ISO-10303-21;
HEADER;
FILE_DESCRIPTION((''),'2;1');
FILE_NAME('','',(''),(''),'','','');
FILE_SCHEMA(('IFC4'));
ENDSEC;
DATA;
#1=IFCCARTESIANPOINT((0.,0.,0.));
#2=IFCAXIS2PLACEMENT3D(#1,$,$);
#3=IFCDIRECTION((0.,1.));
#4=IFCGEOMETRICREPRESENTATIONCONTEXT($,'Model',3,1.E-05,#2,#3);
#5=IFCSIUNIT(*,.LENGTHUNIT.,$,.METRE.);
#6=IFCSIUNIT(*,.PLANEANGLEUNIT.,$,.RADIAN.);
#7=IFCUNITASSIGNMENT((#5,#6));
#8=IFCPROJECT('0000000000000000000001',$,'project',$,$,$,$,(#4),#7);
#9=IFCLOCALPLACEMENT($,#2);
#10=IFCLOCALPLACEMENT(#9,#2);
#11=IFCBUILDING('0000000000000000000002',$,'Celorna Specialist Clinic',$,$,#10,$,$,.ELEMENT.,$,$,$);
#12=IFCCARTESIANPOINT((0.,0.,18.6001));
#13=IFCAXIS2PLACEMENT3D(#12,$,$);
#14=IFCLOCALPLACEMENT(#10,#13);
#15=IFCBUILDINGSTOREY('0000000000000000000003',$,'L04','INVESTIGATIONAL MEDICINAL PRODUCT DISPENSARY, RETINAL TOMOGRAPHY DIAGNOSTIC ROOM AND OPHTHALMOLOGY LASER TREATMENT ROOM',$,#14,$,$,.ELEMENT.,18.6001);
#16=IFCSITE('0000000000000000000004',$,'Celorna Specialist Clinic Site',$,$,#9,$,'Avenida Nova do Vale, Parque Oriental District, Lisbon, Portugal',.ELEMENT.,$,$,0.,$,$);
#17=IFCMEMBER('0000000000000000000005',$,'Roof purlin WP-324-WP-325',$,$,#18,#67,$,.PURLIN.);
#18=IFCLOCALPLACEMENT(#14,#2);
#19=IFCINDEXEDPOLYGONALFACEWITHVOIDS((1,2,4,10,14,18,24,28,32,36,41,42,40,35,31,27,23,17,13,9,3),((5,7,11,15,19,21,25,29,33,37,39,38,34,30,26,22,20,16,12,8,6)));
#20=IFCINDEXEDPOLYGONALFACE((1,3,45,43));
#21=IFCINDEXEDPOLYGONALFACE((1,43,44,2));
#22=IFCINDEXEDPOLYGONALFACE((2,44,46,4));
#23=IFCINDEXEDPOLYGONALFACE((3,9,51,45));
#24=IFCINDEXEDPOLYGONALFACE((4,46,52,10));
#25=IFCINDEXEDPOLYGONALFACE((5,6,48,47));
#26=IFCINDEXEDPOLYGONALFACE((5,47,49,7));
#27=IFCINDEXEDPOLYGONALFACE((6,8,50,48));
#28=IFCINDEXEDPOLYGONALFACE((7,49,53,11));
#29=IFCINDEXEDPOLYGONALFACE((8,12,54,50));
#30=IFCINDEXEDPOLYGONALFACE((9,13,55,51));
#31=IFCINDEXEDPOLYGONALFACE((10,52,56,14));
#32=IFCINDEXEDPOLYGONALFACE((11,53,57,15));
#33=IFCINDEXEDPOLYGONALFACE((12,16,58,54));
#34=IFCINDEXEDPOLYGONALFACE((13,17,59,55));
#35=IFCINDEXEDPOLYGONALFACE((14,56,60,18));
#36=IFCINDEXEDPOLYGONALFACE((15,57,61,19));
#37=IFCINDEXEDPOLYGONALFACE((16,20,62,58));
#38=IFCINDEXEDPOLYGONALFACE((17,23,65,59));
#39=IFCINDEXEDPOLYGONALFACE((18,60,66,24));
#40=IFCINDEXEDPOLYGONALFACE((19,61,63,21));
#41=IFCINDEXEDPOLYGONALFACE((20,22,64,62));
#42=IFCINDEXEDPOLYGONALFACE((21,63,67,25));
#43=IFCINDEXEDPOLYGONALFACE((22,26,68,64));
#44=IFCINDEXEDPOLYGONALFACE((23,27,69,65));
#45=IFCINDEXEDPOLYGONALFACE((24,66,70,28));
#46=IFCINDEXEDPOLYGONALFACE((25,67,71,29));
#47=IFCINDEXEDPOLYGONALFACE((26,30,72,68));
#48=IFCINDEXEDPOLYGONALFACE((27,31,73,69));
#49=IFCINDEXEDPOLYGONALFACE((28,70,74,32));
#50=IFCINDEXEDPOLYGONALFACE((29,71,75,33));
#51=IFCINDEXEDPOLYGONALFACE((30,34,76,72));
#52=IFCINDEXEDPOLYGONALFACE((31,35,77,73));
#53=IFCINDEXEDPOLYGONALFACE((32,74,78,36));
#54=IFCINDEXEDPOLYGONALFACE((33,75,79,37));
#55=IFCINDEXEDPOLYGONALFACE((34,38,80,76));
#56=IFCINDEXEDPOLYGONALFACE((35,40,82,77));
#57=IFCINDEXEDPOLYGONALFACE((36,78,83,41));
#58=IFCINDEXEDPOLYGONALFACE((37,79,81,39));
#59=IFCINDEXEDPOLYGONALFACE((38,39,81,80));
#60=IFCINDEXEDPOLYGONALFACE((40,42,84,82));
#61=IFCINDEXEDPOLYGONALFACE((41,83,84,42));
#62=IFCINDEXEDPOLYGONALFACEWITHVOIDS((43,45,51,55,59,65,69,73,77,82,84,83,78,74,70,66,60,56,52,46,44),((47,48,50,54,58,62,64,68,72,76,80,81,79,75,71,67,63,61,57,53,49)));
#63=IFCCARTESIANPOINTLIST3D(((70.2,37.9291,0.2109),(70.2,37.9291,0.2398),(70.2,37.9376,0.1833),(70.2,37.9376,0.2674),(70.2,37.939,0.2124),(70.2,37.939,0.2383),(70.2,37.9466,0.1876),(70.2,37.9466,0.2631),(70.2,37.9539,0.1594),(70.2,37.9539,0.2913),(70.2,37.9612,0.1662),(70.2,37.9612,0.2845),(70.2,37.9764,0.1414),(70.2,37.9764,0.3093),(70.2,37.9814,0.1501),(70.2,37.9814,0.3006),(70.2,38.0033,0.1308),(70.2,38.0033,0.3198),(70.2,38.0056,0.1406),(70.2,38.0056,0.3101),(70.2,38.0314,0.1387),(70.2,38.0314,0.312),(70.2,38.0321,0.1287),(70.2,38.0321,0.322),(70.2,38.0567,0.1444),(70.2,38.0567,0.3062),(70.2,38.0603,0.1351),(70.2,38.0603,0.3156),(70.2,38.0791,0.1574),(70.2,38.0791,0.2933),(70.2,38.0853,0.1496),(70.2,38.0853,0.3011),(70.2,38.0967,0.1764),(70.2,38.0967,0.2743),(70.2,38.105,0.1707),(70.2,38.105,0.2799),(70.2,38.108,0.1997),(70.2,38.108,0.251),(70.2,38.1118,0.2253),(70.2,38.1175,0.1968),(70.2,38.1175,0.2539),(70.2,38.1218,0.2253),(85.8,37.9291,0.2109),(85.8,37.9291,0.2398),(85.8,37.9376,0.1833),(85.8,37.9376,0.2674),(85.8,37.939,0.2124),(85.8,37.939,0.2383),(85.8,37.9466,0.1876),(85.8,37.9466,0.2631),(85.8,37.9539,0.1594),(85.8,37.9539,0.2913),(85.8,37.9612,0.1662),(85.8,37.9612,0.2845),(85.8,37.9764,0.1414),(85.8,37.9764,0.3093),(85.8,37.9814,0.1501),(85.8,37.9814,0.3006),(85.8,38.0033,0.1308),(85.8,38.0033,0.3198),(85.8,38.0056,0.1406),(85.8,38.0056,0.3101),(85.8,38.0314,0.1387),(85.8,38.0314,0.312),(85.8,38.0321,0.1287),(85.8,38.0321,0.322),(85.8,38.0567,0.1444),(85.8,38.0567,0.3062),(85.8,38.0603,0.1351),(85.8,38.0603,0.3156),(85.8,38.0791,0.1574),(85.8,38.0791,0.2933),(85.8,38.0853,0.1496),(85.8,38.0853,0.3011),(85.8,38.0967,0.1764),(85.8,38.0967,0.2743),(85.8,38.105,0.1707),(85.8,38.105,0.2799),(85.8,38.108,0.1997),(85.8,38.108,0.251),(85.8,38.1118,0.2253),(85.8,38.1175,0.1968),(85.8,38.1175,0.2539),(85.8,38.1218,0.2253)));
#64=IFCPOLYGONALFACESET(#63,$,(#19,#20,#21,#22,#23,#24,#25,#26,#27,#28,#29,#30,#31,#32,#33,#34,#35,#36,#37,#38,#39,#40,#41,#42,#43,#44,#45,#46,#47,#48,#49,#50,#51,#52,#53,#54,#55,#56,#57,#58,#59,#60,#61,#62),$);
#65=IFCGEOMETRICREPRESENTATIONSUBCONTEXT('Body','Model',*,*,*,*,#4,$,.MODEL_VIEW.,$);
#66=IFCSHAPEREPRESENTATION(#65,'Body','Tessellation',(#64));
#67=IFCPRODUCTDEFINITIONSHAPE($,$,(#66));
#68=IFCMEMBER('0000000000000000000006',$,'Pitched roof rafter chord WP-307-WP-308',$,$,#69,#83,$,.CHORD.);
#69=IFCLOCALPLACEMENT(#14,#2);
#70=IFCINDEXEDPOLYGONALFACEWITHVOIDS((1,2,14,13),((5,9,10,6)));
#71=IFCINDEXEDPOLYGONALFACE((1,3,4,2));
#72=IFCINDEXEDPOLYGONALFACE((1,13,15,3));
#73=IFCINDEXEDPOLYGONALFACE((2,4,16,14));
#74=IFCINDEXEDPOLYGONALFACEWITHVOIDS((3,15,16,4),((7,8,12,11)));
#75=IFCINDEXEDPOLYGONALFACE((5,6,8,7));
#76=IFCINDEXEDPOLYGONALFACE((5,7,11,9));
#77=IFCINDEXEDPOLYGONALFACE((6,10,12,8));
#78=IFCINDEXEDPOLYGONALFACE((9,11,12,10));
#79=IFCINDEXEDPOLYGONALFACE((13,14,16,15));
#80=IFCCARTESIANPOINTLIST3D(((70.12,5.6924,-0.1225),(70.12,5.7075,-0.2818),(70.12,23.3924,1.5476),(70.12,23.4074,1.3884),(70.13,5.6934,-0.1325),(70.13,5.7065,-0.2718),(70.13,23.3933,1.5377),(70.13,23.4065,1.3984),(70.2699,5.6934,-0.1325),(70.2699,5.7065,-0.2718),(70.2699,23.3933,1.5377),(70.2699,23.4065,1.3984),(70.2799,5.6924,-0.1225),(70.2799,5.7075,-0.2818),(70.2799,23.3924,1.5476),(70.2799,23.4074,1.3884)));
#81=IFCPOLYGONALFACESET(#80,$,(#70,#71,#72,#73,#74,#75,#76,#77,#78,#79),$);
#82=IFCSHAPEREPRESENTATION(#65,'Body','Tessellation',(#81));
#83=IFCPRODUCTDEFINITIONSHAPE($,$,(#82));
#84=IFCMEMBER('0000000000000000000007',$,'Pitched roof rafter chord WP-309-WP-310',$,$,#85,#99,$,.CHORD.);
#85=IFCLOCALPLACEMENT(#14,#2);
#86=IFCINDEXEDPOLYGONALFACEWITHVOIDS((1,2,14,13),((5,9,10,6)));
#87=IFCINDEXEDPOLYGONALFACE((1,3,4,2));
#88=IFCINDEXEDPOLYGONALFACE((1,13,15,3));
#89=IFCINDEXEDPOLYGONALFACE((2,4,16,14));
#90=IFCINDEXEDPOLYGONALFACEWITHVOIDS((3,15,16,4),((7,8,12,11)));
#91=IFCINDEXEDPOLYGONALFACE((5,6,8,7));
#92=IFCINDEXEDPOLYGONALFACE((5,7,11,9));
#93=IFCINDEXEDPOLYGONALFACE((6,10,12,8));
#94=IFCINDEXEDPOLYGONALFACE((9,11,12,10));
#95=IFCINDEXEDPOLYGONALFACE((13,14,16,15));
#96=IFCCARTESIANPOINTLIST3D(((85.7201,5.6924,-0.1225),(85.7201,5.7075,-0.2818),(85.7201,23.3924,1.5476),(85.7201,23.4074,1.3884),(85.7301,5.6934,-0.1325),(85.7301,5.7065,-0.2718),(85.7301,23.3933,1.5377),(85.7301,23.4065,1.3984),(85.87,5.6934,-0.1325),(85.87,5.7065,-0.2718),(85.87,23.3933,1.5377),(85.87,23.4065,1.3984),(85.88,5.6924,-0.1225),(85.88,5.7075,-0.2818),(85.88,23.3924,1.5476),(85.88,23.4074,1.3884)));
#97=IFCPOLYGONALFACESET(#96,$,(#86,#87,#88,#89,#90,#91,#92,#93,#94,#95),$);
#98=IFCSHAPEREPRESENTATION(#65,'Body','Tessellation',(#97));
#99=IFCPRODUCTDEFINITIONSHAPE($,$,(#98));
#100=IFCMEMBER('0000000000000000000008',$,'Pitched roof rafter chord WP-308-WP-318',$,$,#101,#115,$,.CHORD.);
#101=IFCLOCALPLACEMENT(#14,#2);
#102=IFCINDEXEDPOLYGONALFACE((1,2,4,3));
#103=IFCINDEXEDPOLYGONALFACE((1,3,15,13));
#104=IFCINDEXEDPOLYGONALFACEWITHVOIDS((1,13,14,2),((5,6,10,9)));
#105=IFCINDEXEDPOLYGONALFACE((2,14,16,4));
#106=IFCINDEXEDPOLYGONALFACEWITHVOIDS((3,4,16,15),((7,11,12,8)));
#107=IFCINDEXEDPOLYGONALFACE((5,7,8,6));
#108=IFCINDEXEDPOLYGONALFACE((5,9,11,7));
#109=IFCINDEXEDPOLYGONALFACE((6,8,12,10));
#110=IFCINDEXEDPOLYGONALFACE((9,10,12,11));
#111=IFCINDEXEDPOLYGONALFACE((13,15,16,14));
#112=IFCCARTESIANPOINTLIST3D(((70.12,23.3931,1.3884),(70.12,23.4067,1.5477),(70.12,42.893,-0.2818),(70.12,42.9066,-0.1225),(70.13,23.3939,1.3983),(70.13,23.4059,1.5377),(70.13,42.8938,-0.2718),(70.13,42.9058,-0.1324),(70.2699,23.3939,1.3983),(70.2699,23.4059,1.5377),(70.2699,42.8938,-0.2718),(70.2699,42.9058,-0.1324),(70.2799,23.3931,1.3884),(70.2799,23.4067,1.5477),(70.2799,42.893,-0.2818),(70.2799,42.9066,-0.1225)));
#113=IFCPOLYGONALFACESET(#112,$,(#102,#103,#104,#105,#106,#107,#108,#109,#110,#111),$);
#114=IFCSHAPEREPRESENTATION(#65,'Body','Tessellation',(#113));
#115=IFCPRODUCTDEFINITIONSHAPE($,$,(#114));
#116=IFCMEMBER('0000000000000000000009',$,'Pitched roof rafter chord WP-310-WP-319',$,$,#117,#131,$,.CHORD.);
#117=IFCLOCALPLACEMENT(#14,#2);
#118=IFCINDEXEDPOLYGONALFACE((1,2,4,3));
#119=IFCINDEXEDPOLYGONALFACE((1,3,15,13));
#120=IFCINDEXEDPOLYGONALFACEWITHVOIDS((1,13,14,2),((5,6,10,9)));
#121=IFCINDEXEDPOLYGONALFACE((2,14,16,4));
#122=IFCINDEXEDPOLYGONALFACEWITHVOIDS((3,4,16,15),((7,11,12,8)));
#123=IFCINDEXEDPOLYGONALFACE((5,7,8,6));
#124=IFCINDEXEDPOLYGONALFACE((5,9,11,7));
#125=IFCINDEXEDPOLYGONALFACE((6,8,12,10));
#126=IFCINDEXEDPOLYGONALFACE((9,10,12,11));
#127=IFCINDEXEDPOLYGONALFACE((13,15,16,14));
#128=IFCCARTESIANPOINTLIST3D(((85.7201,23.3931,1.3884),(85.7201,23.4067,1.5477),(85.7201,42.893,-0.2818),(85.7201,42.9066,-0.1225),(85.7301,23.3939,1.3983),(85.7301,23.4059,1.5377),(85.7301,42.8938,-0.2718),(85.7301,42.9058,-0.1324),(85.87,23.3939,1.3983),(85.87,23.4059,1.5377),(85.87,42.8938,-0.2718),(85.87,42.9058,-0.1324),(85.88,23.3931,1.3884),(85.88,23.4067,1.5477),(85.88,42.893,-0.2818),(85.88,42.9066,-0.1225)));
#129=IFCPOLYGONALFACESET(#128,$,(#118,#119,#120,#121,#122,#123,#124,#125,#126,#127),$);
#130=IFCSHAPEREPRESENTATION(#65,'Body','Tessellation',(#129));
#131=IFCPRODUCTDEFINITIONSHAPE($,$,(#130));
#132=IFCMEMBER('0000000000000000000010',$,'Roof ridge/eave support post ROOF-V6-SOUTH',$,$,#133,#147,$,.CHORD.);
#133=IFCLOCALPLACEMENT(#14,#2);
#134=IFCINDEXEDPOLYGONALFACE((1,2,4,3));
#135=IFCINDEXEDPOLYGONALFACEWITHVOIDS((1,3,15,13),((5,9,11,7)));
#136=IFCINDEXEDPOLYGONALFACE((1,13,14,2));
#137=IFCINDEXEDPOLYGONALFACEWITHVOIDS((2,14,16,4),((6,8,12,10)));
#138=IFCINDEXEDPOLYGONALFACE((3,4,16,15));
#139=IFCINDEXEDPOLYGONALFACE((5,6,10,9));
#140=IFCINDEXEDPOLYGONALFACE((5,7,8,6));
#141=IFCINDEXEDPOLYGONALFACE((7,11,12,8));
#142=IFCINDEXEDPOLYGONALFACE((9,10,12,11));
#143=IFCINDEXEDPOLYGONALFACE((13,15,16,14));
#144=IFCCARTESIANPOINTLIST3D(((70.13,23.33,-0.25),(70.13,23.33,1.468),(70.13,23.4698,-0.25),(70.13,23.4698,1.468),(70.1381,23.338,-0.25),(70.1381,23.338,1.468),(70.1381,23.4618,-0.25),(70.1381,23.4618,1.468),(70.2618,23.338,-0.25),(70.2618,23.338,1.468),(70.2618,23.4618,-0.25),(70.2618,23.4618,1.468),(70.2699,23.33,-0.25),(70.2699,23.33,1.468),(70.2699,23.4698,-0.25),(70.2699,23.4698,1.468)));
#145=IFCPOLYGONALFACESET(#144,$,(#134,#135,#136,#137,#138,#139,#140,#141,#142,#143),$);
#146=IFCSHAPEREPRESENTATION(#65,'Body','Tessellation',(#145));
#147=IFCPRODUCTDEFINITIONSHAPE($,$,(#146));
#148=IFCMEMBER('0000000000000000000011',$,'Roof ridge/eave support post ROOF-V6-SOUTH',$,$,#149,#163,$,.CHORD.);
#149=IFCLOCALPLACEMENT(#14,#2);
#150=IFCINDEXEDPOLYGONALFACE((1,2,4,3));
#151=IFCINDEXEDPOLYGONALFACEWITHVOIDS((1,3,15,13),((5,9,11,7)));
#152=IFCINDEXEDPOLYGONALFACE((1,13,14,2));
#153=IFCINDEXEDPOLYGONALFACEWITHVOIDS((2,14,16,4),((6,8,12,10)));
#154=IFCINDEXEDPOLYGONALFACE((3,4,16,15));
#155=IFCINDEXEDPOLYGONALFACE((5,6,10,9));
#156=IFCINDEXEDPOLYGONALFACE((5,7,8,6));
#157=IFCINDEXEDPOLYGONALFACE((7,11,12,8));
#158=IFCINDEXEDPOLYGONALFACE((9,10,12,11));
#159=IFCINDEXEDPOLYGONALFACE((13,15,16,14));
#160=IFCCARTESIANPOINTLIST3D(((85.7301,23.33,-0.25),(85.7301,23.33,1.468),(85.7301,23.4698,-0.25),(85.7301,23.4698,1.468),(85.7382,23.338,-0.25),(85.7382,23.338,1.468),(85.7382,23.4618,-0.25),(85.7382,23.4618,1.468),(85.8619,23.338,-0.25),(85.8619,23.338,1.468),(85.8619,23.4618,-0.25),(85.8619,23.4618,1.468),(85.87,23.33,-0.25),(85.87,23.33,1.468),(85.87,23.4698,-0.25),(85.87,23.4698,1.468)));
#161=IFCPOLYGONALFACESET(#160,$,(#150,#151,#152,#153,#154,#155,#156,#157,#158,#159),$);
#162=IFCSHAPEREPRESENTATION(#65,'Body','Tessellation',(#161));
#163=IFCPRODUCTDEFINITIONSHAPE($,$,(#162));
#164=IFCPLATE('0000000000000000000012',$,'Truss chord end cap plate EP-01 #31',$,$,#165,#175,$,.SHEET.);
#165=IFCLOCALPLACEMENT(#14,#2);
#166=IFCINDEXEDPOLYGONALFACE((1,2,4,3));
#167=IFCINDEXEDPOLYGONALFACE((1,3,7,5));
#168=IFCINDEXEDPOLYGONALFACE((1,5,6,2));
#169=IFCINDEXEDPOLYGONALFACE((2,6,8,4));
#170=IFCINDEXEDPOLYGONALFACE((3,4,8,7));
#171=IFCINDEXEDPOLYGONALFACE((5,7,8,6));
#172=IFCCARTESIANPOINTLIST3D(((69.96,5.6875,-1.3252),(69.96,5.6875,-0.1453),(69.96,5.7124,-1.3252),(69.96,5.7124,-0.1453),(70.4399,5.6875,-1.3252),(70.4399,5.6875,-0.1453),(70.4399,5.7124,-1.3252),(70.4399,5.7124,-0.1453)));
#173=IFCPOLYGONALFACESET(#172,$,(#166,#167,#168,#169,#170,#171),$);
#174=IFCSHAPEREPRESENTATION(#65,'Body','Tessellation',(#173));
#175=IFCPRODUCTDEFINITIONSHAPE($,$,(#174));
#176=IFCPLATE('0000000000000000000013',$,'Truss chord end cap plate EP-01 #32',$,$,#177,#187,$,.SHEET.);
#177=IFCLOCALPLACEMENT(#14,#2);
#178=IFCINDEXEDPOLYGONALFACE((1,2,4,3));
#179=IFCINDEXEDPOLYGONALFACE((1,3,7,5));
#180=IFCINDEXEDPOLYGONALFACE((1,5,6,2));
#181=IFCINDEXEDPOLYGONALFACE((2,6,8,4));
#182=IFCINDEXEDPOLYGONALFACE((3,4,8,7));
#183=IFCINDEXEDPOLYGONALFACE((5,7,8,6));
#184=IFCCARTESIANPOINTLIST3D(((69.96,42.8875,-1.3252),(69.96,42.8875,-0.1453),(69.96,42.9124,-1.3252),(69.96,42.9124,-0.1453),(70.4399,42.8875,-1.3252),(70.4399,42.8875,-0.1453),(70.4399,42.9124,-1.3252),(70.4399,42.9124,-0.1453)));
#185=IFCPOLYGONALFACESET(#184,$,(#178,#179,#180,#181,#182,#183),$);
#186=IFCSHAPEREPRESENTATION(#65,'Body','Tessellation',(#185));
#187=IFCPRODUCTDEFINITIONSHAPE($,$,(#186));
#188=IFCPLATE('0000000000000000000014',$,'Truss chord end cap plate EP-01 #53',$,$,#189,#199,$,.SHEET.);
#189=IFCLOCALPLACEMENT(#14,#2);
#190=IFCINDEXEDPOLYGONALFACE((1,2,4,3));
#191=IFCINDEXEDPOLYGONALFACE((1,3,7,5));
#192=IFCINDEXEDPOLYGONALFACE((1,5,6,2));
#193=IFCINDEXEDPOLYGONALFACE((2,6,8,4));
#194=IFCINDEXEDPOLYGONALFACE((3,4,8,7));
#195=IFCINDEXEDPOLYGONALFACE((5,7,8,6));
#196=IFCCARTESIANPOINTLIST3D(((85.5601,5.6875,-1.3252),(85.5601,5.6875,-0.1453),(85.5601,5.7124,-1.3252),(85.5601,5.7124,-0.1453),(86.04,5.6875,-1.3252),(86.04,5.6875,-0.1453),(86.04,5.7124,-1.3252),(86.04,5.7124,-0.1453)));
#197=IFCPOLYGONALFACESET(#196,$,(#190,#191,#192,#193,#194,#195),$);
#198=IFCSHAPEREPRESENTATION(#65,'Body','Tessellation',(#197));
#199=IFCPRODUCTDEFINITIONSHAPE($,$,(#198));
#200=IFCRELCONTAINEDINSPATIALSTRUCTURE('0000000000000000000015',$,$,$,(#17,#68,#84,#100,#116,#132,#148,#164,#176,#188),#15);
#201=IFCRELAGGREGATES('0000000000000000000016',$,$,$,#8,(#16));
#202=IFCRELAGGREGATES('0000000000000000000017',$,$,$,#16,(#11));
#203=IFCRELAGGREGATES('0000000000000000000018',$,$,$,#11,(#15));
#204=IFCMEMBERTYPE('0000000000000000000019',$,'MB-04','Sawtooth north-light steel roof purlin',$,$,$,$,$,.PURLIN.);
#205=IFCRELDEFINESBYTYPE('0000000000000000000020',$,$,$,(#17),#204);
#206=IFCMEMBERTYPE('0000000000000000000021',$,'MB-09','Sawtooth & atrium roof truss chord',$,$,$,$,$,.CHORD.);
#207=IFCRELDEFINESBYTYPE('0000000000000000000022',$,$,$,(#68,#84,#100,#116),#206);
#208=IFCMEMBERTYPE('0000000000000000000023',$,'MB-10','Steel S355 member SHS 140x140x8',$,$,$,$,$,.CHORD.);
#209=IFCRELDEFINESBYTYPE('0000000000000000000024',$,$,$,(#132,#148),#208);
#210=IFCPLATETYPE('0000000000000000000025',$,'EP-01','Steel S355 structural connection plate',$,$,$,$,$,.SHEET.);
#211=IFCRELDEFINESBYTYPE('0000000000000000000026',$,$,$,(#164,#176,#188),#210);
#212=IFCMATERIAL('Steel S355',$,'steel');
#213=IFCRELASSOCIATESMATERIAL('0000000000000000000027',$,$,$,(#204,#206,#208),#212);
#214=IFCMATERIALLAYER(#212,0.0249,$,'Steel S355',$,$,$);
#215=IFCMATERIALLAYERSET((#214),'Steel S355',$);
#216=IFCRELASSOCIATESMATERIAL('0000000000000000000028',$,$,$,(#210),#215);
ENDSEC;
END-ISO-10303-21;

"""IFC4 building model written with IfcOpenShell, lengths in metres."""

from ifc_helpers import new_model, si_unit, direction, frame, origin, origin_2d, place, context, subcontext, project, spatial, rectangle, hollow_rectangle, hollow_circle, extrude, material, layer, layer_set, material_profile, profile_set, type_object, element, save


model = new_model("IFC4")

# Units and contexts
model_context = context("Model", 3, precision=1e-05, world=origin(), true_north=direction((0.0, 1.0)))
body_context = subcontext(model_context, "Body", "Model", "MODEL_VIEW")
ifc_project = project(units=[si_unit("LENGTHUNIT", "METRE"), si_unit("PLANEANGLEUNIT", "RADIAN")], contexts=[model_context])

# Site, building, storey
site_placement = place(None, origin())
site = spatial("IfcSite", under=ifc_project, at=site_placement, Name="Celorna Specialist Clinic Site", LongName="Avenida Nova do Vale, Parque Oriental District, Lisbon, Portugal", CompositionType="ELEMENT", RefElevation=0.0)
building_placement = place(site_placement, origin())
building = spatial("IfcBuilding", under=site, at=building_placement, Name="Celorna Specialist Clinic", CompositionType="ELEMENT")
storey_placement = place(building_placement, frame((0.0, 0.0, 18.6001)))
storey = spatial("IfcBuildingStorey", under=building, at=storey_placement, Name="L04", Description="INVESTIGATIONAL MEDICINAL PRODUCT DISPENSARY, RETINAL TOMOGRAPHY DIAGNOSTIC ROOM AND OPHTHALMOLOGY LASER TREATMENT ROOM", CompositionType="ELEMENT", Elevation=18.6001)

# Shared definitions
ifc_material = material(Name="Steel S355", Category="steel")

# Members
ifc_material_profile_1 = material_profile(ifc_material, hollow_circle(Radius=0.0969, WallThickness=0.01, at=origin_2d()), Name="CHS 193.7x10")
ifc_profile_set_1 = profile_set([ifc_material_profile_1], Name="Steel S355")
member_type_1 = type_object("IfcMemberType", Name="MB-04", Description="Sawtooth north-light steel roof purlin", PredefinedType="PURLIN", material=ifc_profile_set_1)
for number, where, z_axis, x_axis, name in (
    (1, (70.2, 38.0249, 0.2253), (1.0, 0.0, 0.0), (0.0, 1.0, 0.0), "Roof purlin WP-324-WP-325"),
):
    element("IfcMember", number, at=place(storey_placement, frame(where, z_axis=z_axis, x_axis=x_axis)), inside=storey, type_object=member_type_1, Name=name, PredefinedType="PURLIN", context=body_context, shape_type="SweptSolid", body=[
        extrude(hollow_circle(Radius=0.0969, WallThickness=0.01, at=origin_2d()), origin(), (0.0, 0.0, 1.0), 15.6001),
    ])
ifc_material_profile_2 = material_profile(ifc_material, hollow_rectangle(XDim=0.1599, YDim=0.1599, WallThickness=0.01, at=origin_2d()), Name="SHS 160x160x10")
ifc_profile_set_2 = profile_set([ifc_material_profile_2], Name="Steel S355")
member_type_2 = type_object("IfcMemberType", Name="MB-09", Description="Sawtooth & atrium roof truss chord", PredefinedType="CHORD", material=ifc_profile_set_2)
for number, where, z_axis, x_axis, name in (
    (2, (70.2, 5.7, -0.2021), (0.0, 0.995578, 0.093943), (-1.0, 0.0, 0.0), "Pitched roof rafter chord WP-307-WP-308"),
    (3, (85.8, 5.7, -0.2021), (0.0, 0.995578, 0.093943), (-1.0, 0.0, 0.0), "Pitched roof rafter chord WP-309-WP-310"),
):
    element("IfcMember", number, at=place(storey_placement, frame(where, z_axis=z_axis, x_axis=x_axis)), inside=storey, type_object=member_type_2, Name=name, PredefinedType="CHORD", context=body_context, shape_type="SweptSolid", body=[
        extrude(hollow_rectangle(XDim=0.1599, YDim=0.1599, WallThickness=0.01, at=origin_2d()), origin(), (0.0, 0.0, 1.0), 17.7786),
    ])
for number, where, z_axis, x_axis, name in (
    (4, (70.2, 23.3999, 1.468), (0.0, 0.996352, -0.085337), (-1.0, 0.0, 0.0), "Pitched roof rafter chord WP-308-WP-318"),
    (5, (85.8, 23.3999, 1.468), (0.0, 0.996352, -0.085337), (-1.0, 0.0, 0.0), "Pitched roof rafter chord WP-310-WP-319"),
):
    element("IfcMember", number, at=place(storey_placement, frame(where, z_axis=z_axis, x_axis=x_axis)), inside=storey, type_object=member_type_2, Name=name, PredefinedType="CHORD", context=body_context, shape_type="SweptSolid", body=[
        extrude(hollow_rectangle(XDim=0.1599, YDim=0.1599, WallThickness=0.01, at=origin_2d()), origin(), (0.0, 0.0, 1.0), 19.5713),
    ])
ifc_material_profile_3 = material_profile(ifc_material, hollow_rectangle(XDim=0.1399, YDim=0.1399, WallThickness=0.0081, at=origin_2d()), Name="SHS 140x140x8")
ifc_profile_set_3 = profile_set([ifc_material_profile_3], Name="Steel S355")
member_type_3 = type_object("IfcMemberType", Name="MB-10", Description="Steel S355 member SHS 140x140x8", PredefinedType="CHORD", material=ifc_profile_set_3)
for number, where, z_axis, x_axis, name in (
    (6, (70.2, 23.3999, -0.25), (0.0, 0.0, 1.0), (1.0, 0.0, 0.0), "Roof ridge/eave support post ROOF-V6-SOUTH"),
    (7, (85.8, 23.3999, -0.25), (0.0, 0.0, 1.0), (1.0, 0.0, 0.0), "Roof ridge/eave support post ROOF-V6-SOUTH"),
):
    element("IfcMember", number, at=place(storey_placement, frame(where, z_axis=z_axis, x_axis=x_axis)), inside=storey, type_object=member_type_3, Name=name, PredefinedType="CHORD", context=body_context, shape_type="SweptSolid", body=[
        extrude(hollow_rectangle(XDim=0.1399, YDim=0.1399, WallThickness=0.0081, at=origin_2d()), origin(), (0.0, 0.0, 1.0), 1.718),
    ])

# Plates
ifc_layer_1 = layer(ifc_material, 0.0249, Name="Steel S355")
ifc_layer_set_1 = layer_set([ifc_layer_1], Name="Steel S355")
plate_type_1 = type_object("IfcPlateType", Name="EP-01", Description="Steel S355 structural connection plate", PredefinedType="SHEET", material=ifc_layer_set_1)
for number, where, z_axis, x_axis, name in (
    (8, (70.2, 5.7, -1.3252), (0.0, 0.0, 1.0), (1.0, 0.0, 0.0), "Truss chord end cap plate EP-01 #31"),
    (9, (70.2, 42.8999, -1.3252), (0.0, 0.0, 1.0), (1.0, 0.0, 0.0), "Truss chord end cap plate EP-01 #32"),
    (10, (85.8, 5.7, -1.3252), (0.0, 0.0, 1.0), (1.0, 0.0, 0.0), "Truss chord end cap plate EP-01 #53"),
):
    element("IfcPlate", number, at=place(storey_placement, frame(where, z_axis=z_axis, x_axis=x_axis)), inside=storey, type_object=plate_type_1, Name=name, PredefinedType="SHEET", context=body_context, shape_type="SweptSolid", body=[
        extrude(rectangle(XDim=0.48, YDim=0.0249, at=origin_2d()), origin(), (0.0, 0.0, 1.0), 1.1799),
    ])

save(model, "model.ifc")
